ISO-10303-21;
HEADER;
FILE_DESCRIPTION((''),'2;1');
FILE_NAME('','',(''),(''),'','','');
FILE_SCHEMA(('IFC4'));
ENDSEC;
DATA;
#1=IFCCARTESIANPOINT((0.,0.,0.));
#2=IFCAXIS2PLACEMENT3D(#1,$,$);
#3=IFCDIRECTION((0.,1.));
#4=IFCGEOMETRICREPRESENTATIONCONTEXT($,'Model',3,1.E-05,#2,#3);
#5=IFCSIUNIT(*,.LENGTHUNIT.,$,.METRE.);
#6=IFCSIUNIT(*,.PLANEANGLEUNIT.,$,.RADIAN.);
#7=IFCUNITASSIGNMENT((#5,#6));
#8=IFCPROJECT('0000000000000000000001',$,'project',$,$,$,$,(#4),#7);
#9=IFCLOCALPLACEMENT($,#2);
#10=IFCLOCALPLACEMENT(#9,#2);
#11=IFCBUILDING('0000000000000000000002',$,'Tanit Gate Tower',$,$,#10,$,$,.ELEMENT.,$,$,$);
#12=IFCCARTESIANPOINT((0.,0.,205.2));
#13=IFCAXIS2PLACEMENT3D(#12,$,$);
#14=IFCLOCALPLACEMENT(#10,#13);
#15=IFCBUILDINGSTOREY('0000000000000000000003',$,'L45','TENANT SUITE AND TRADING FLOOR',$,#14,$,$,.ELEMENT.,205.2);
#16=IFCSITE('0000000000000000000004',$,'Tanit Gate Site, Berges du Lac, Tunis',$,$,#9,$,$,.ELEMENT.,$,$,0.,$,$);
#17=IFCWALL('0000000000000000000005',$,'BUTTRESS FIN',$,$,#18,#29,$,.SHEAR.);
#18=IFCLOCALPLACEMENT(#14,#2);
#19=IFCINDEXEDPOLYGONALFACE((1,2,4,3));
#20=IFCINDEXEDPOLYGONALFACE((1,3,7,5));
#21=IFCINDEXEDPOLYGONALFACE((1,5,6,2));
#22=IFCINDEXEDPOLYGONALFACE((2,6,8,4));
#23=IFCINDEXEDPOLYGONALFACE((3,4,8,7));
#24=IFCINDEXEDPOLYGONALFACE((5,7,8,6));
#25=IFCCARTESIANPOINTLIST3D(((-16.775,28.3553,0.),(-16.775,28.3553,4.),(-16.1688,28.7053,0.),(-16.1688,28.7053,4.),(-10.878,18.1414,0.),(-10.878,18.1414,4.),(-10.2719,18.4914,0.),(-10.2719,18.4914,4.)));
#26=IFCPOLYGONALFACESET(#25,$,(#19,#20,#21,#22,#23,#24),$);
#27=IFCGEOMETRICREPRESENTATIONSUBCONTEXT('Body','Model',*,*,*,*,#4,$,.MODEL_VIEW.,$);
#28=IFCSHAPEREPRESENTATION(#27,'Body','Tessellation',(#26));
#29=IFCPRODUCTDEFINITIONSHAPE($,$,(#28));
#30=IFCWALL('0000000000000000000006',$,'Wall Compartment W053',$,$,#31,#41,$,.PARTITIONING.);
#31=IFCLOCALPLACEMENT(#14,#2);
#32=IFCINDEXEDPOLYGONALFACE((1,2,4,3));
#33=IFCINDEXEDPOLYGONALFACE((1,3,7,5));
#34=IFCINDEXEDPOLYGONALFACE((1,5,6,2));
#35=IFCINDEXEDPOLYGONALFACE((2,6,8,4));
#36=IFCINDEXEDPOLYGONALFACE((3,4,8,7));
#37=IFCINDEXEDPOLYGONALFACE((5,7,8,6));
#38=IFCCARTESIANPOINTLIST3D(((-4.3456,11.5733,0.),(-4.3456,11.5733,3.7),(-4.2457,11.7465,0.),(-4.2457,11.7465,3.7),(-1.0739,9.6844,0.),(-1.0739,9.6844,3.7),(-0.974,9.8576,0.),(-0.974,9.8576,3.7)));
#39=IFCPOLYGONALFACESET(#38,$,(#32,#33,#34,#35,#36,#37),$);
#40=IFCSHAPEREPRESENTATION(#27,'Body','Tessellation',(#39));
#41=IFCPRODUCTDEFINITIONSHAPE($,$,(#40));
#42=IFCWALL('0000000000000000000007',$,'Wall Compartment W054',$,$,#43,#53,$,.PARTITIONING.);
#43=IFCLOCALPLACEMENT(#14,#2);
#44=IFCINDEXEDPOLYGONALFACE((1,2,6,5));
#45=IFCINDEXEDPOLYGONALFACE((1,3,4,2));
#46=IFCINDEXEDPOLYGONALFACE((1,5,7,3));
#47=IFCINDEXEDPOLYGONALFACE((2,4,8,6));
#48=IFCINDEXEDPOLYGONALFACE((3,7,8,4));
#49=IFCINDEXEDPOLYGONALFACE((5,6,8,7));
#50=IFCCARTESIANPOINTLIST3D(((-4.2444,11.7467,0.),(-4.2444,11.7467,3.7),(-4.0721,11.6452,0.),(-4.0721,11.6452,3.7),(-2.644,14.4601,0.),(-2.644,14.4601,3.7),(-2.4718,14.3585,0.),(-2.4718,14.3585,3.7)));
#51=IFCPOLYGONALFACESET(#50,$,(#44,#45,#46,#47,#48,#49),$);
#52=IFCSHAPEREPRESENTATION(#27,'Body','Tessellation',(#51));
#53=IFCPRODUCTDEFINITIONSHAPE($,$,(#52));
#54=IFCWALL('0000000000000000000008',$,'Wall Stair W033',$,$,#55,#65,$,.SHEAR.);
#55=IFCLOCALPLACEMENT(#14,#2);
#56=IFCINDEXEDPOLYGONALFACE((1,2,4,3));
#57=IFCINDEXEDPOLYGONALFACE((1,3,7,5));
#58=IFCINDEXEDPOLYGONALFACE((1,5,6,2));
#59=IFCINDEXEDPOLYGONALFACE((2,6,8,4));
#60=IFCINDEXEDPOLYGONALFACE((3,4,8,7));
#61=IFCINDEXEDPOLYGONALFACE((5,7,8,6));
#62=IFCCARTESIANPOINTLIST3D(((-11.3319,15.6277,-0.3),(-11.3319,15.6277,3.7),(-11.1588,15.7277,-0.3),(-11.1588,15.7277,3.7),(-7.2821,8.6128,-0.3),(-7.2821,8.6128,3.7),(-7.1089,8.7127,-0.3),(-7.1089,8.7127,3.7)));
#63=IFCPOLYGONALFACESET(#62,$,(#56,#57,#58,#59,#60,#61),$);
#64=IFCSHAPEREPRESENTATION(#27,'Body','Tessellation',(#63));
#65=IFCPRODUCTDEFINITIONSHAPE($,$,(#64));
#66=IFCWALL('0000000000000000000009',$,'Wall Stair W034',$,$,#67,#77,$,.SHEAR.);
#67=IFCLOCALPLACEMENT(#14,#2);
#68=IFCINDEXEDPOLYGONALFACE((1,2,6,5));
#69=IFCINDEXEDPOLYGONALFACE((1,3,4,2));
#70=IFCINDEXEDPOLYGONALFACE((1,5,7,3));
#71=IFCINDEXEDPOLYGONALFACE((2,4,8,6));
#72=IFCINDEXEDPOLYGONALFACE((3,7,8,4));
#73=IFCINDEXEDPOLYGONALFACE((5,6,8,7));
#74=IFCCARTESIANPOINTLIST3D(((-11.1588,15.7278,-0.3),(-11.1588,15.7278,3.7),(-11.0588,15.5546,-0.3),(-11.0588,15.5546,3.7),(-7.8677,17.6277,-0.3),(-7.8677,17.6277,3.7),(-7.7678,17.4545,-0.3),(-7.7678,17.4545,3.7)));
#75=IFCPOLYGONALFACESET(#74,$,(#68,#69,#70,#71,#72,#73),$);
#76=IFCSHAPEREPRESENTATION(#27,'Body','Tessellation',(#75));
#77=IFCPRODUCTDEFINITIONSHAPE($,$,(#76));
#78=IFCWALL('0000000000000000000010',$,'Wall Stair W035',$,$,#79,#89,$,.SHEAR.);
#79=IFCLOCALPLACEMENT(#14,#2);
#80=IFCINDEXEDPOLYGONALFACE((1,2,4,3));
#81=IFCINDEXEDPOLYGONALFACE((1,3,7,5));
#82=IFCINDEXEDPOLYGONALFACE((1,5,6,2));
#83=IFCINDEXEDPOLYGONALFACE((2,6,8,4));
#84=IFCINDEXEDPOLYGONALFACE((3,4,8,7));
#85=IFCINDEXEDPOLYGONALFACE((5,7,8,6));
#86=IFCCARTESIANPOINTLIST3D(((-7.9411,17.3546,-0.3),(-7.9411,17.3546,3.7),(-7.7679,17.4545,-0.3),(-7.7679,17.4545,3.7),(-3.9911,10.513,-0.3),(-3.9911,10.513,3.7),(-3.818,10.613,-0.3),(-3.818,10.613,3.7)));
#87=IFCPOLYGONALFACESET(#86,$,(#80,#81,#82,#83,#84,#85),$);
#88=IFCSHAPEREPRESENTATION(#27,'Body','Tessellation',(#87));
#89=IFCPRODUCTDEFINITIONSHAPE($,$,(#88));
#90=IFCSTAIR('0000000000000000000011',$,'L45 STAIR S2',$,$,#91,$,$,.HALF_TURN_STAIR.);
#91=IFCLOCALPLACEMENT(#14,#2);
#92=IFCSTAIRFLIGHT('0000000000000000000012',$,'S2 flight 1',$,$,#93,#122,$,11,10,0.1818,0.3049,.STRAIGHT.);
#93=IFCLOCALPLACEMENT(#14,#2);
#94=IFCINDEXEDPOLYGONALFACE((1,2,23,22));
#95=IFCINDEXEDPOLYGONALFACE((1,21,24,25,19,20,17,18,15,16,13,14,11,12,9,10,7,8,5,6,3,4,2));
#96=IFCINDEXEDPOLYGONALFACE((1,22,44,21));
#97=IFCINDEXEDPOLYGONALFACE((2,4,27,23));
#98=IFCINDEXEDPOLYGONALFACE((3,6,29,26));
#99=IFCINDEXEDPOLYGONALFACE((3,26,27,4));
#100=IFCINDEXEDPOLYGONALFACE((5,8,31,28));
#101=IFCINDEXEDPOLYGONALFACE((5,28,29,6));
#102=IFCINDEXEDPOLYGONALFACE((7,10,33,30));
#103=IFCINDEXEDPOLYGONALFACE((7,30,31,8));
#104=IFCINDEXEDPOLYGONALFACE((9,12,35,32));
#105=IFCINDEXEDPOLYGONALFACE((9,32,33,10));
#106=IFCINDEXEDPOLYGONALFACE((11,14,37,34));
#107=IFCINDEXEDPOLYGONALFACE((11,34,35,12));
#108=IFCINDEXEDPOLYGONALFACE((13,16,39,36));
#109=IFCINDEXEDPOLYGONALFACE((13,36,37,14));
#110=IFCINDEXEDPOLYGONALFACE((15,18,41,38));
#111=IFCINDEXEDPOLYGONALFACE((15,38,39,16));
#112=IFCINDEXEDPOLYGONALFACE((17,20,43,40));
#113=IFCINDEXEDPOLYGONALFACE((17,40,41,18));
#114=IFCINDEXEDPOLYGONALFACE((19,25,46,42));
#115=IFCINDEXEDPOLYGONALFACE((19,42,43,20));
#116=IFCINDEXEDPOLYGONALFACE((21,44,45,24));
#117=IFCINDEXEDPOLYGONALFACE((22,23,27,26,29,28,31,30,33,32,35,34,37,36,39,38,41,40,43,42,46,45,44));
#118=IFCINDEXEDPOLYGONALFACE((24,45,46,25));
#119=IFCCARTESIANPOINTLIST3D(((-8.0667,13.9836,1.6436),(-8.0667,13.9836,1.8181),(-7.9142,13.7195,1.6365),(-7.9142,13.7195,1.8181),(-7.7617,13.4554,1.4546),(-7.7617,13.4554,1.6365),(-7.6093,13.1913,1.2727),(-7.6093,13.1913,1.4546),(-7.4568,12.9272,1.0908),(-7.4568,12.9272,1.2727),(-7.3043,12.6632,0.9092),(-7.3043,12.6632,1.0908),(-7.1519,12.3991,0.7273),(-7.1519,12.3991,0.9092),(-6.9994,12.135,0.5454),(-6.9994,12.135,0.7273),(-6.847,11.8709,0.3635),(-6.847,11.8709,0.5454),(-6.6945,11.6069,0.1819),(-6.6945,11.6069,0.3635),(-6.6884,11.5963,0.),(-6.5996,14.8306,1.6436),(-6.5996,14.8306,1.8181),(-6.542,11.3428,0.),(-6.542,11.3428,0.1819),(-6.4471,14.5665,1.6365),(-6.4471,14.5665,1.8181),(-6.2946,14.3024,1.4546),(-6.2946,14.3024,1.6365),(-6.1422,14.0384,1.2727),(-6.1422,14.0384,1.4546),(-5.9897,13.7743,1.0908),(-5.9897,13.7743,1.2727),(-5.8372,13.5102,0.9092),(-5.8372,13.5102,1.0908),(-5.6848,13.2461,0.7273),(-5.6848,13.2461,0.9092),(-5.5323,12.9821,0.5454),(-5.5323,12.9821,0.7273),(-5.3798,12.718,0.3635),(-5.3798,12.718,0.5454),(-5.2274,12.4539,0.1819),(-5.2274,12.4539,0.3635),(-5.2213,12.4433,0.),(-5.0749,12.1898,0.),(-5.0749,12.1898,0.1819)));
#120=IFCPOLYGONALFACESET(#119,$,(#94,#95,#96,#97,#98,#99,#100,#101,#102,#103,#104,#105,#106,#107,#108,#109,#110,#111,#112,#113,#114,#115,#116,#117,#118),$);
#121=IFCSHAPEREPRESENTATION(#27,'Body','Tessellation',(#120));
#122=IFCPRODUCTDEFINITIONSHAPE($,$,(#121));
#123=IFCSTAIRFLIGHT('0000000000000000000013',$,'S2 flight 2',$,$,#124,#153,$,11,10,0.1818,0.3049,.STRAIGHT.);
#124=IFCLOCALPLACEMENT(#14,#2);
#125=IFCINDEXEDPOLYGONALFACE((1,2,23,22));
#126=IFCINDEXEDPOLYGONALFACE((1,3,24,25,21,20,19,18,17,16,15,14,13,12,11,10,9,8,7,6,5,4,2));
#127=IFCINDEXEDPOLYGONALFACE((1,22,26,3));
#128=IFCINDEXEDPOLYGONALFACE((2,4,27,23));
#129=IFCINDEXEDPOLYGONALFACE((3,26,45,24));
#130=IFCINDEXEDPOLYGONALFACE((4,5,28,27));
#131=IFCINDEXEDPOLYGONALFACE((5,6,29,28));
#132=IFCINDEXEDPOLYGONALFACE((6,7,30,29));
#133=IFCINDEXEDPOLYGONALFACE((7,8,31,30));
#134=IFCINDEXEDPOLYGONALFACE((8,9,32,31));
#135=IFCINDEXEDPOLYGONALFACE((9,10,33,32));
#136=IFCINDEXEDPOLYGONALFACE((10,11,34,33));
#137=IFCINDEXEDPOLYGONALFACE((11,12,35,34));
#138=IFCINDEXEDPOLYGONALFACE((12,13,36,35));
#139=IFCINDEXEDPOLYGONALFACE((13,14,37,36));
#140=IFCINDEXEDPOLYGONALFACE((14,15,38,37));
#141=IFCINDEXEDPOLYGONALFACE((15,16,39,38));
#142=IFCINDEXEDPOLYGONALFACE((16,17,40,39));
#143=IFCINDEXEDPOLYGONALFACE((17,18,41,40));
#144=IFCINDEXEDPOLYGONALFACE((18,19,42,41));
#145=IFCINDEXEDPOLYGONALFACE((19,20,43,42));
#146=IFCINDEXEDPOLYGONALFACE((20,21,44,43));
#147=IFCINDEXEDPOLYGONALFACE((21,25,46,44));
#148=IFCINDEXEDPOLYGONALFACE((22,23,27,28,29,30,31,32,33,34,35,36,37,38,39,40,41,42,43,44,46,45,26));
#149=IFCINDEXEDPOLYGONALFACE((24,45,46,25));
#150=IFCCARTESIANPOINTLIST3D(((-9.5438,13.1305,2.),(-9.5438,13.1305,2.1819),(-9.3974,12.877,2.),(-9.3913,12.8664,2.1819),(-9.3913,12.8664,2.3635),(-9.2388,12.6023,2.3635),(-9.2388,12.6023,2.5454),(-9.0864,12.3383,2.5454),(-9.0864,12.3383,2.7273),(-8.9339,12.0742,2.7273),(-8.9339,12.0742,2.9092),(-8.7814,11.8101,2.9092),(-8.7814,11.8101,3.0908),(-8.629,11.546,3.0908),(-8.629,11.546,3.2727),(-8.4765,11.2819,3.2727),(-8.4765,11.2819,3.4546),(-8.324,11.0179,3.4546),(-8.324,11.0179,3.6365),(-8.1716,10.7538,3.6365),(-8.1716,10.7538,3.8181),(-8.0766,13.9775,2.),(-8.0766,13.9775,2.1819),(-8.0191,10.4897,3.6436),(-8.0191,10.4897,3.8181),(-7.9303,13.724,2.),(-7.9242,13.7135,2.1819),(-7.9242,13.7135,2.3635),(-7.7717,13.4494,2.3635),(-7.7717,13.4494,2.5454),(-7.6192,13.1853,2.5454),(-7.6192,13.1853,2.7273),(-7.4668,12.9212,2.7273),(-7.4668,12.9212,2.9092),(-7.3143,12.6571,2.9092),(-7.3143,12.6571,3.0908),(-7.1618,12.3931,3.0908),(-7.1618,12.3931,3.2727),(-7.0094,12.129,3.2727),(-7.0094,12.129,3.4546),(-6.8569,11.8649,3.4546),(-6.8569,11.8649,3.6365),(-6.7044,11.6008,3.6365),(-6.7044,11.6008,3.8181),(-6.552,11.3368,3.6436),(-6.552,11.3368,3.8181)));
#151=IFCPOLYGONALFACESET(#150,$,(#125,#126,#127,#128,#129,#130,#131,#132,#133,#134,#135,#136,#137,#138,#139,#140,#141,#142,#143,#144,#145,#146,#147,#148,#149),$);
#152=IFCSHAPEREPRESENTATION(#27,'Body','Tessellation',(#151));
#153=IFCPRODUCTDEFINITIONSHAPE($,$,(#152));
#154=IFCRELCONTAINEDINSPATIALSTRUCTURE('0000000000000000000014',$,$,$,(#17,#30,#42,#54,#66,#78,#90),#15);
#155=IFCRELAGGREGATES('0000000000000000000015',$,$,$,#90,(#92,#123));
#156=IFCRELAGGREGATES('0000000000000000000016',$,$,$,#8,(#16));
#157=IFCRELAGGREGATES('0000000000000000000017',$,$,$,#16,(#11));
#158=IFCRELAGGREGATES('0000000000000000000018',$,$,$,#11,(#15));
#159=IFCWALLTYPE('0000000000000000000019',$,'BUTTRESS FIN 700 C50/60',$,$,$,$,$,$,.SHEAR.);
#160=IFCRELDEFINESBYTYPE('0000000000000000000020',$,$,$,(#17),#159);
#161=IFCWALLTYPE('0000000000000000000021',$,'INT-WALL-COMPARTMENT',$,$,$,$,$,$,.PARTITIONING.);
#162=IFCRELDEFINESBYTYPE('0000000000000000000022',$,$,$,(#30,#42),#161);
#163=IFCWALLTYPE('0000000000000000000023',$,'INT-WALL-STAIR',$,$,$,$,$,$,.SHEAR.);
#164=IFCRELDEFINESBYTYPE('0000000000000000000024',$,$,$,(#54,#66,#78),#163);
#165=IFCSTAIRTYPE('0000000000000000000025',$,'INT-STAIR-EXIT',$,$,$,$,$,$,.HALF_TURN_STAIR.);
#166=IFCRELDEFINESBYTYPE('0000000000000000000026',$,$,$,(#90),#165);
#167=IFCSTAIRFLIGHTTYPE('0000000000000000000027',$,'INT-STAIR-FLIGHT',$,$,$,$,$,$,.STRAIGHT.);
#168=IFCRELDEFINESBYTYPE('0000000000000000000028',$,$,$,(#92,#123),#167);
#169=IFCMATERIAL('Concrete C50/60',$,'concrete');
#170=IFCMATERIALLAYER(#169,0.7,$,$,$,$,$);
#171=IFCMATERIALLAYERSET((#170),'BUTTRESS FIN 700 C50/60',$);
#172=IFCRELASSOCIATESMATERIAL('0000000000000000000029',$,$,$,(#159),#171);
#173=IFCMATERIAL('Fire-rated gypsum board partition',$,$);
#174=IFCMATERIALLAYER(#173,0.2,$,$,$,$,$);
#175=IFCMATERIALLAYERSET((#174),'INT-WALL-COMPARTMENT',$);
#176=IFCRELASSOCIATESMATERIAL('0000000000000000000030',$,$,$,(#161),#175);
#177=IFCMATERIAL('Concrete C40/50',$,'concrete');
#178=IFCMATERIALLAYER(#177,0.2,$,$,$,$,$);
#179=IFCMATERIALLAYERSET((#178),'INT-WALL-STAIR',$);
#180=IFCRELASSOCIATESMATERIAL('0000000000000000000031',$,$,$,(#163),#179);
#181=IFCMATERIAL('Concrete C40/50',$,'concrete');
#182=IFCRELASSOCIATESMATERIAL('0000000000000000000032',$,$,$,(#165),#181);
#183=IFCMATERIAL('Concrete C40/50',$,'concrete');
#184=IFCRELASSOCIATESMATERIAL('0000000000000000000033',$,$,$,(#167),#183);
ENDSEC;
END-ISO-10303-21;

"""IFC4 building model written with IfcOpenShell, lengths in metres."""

from ifc_helpers import new_model, si_unit, direction, frame, frame_2d, origin, place, context, subcontext, project, spatial, polyline, rectangle, outline, extrude, material, layer, layer_set, type_object, element, aggregate, save


model = new_model("IFC4")

# Units and contexts
model_context = context("Model", 3, precision=1e-05, world=origin(), true_north=direction((0.0, 1.0)))
body_context = subcontext(model_context, "Body", "Model", "MODEL_VIEW")
ifc_project = project(units=[si_unit("LENGTHUNIT", "METRE"), si_unit("PLANEANGLEUNIT", "RADIAN")], contexts=[model_context])

# Site, building, storey
site_placement = place(None, origin())
site = spatial("IfcSite", under=ifc_project, at=site_placement, Name="Tanit Gate Site, Berges du Lac, Tunis", CompositionType="ELEMENT", RefElevation=0.0)
building_placement = place(site_placement, origin())
building = spatial("IfcBuilding", under=site, at=building_placement, Name="Tanit Gate Tower", CompositionType="ELEMENT")
storey_placement = place(building_placement, frame((0.0, 0.0, 205.2)))
storey = spatial("IfcBuildingStorey", under=building, at=storey_placement, Name="L45", Description="TENANT SUITE AND TRADING FLOOR", CompositionType="ELEMENT", Elevation=205.2)

# Wall
ifc_material_1 = material(Name="Concrete C50/60", Category="concrete")
ifc_layer_1 = layer(ifc_material_1, 0.7)
ifc_layer_set_1 = layer_set([ifc_layer_1], Name="BUTTRESS FIN 700 C50/60")
wall_type_1 = type_object("IfcWallType", Name="BUTTRESS FIN 700 C50/60", PredefinedType="SHEAR", material=ifc_layer_set_1)
wall_1_placement = place(storey_placement, frame((-10.575, 18.3164, 0.0), z_axis=(0.0, 0.0, 1.0), x_axis=(-0.5, 0.866026, 0.0)))
element("IfcWall", 1, at=wall_1_placement, inside=storey, type_object=wall_type_1, Name="BUTTRESS FIN", PredefinedType="SHEAR", context=body_context, shape_type="SweptSolid", body=[
    extrude(rectangle(XDim=11.7939, YDim=0.7, at=frame_2d((5.897, 0.0))), origin(), (0.0, 0.0, 1.0), 4.0),
])

# Walls
ifc_material_2 = material(Name="Fire-rated gypsum board partition")
ifc_layer_2 = layer(ifc_material_2, 0.2)
ifc_layer_set_2 = layer_set([ifc_layer_2], Name="INT-WALL-COMPARTMENT")
wall_type_2 = type_object("IfcWallType", Name="INT-WALL-COMPARTMENT", PredefinedType="PARTITIONING", material=ifc_layer_set_2)
wall_2_placement = place(storey_placement, frame((-4.2957, 11.6599, 0.0), z_axis=(0.0, 0.0, 1.0), x_axis=(0.866027, -0.499997, 0.0)))
element("IfcWall", 2, at=wall_2_placement, inside=storey, type_object=wall_type_2, Name="Wall Compartment W053", PredefinedType="PARTITIONING", context=body_context, shape_type="SweptSolid", body=[
    extrude(rectangle(XDim=3.7778, YDim=0.2, at=frame_2d((1.8889, 0.0))), origin(), (0.0, 0.0, 1.0), 3.7),
])
wall_3_placement = place(storey_placement, frame((-2.5579, 14.4094, 0.0), z_axis=(0.0, 0.0, 1.0), x_axis=(-0.508019, -0.861346, 0.0)))
element("IfcWall", 3, at=wall_3_placement, inside=storey, type_object=wall_type_2, Name="Wall Compartment W054", PredefinedType="PARTITIONING", context=body_context, shape_type="SweptSolid", body=[
    extrude(rectangle(XDim=3.1501, YDim=0.2, at=frame_2d((1.5752, 0.0))), origin(), (0.0, 0.0, 1.0), 3.7),
])
ifc_material_3 = material(Name="Concrete C40/50", Category="concrete")
ifc_layer_3 = layer(ifc_material_3, 0.2)
ifc_layer_set_3 = layer_set([ifc_layer_3], Name="INT-WALL-STAIR")
wall_type_3 = type_object("IfcWallType", Name="INT-WALL-STAIR", PredefinedType="SHEAR", material=ifc_layer_set_3)
wall_4_placement = place(storey_placement, frame((-11.2454, 15.6777, -0.3), z_axis=(0.0, 0.0, 1.0), x_axis=(0.499977, -0.866039, 0.0)))
element("IfcWall", 4, at=wall_4_placement, inside=storey, type_object=wall_type_3, Name="Wall Stair W033", PredefinedType="SHEAR", context=body_context, shape_type="SweptSolid", body=[
    extrude(rectangle(XDim=8.1001, YDim=0.2, at=frame_2d((4.05, 0.0))), origin(), (0.0, 0.0, 1.0), 4.0),
])
wall_5_placement = place(storey_placement, frame((-7.8179, 17.541, -0.3), z_axis=(0.0, 0.0, 1.0), x_axis=(-0.866044, -0.499967, 0.0)))
element("IfcWall", 5, at=wall_5_placement, inside=storey, type_object=wall_type_3, Name="Wall Stair W034", PredefinedType="SHEAR", context=body_context, shape_type="SweptSolid", body=[
    extrude(rectangle(XDim=3.8, YDim=0.2, at=frame_2d((1.8999, 0.0))), origin(), (0.0, 0.0, 1.0), 4.0),
])
wall_6_placement = place(storey_placement, frame((-7.8545, 17.4045, -0.3), z_axis=(0.0, 0.0, 1.0), x_axis=(0.499998, -0.866027, 0.0)))
element("IfcWall", 6, at=wall_6_placement, inside=storey, type_object=wall_type_3, Name="Wall Stair W035", PredefinedType="SHEAR", context=body_context, shape_type="SweptSolid", body=[
    extrude(rectangle(XDim=7.8999, YDim=0.2, at=frame_2d((3.95, 0.0))), origin(), (0.0, 0.0, 1.0), 4.0),
])

# Stair, stair flights
ifc_material_4 = material(Name="Concrete C40/50", Category="concrete")
stair_type = type_object("IfcStairType", Name="INT-STAIR-EXIT", PredefinedType="HALF_TURN_STAIR", material=ifc_material_4)
stair_placement = place(storey_placement, origin())
stair = element("IfcStair", 7, at=stair_placement, inside=storey, type_object=stair_type, Name="L45 STAIR S2", PredefinedType="HALF_TURN_STAIR")
ifc_material_5 = material(Name="Concrete C40/50", Category="concrete")
stair_flight_type = type_object("IfcStairFlightType", Name="INT-STAIR-FLIGHT", PredefinedType="STRAIGHT", material=ifc_material_5)
stair_flight_1_placement = place(storey_placement, frame((-5.8083, 11.7664, 0.0), z_axis=(0.0, 0.0, 1.0), x_axis=(-0.5, 0.866025, 0.0)))
stair_flight_1 = element("IfcStairFlight", 8, at=stair_flight_1_placement, type_object=stair_flight_type, Name="S2 flight 1", NumberOfRisers=11, NumberOfTreads=10, PredefinedType="STRAIGHT", RiserHeight=0.1818, TreadLength=0.3049, context=body_context, shape_type="SweptSolid", body=[
    extrude(outline(polyline([(0.0, 0.0), (0.0, 0.1819), (0.3049, 0.1819), (0.3049, 0.3635), (0.6099, 0.3635), (0.6099, 0.5454), (0.9148, 0.5454), (0.9148, 0.7273), (1.2197, 0.7273), (1.2197, 0.9092), (1.5247, 0.9092), (1.5247, 1.0908), (1.8296, 1.0908), (1.8296, 1.2727), (2.1345, 1.2727), (2.1345, 1.4546), (2.4395, 1.4546), (2.4395, 1.6365), (2.7444, 1.6365), (2.7444, 1.8181), (3.0493, 1.8181), (3.0493, 2.0), (3.0493, 1.6436), (0.2927, 0.0), (0.0, 0.0)])), frame((0.0, 0.8472, 0.0), z_axis=(0.0, -1.0, 0.0), x_axis=(1.0, 0.0, 0.0)), (0.0, 0.0, 1.0), 1.6941),
])
stair_flight_2_placement = place(storey_placement, frame((-8.8103, 13.554, 2.0), z_axis=(0.0, 0.0, 1.0), x_axis=(0.5, -0.866025, 0.0)))
stair_flight_2 = element("IfcStairFlight", 9, at=stair_flight_2_placement, type_object=stair_flight_type, Name="S2 flight 2", NumberOfRisers=11, NumberOfTreads=10, PredefinedType="STRAIGHT", RiserHeight=0.1818, TreadLength=0.3049, context=body_context, shape_type="SweptSolid", body=[
    extrude(outline(polyline([(0.0, 0.0), (0.0, 0.1819), (0.3049, 0.1819), (0.3049, 0.3635), (0.6099, 0.3635), (0.6099, 0.5454), (0.9148, 0.5454), (0.9148, 0.7273), (1.2197, 0.7273), (1.2197, 0.9092), (1.5247, 0.9092), (1.5247, 1.0908), (1.8296, 1.0908), (1.8296, 1.2727), (2.1345, 1.2727), (2.1345, 1.4546), (2.4395, 1.4546), (2.4395, 1.6365), (2.7444, 1.6365), (2.7444, 1.8181), (3.0493, 1.8181), (3.0493, 2.0), (3.0493, 1.6436), (0.2927, 0.0), (0.0, 0.0)])), frame((0.0, 0.8472, 0.0), z_axis=(0.0, -1.0, 0.0), x_axis=(1.0, 0.0, 0.0)), (0.0, 0.0, 1.0), 1.6941),
])
aggregate(stair, [stair_flight_1, stair_flight_2])

save(model, "model.ifc")
